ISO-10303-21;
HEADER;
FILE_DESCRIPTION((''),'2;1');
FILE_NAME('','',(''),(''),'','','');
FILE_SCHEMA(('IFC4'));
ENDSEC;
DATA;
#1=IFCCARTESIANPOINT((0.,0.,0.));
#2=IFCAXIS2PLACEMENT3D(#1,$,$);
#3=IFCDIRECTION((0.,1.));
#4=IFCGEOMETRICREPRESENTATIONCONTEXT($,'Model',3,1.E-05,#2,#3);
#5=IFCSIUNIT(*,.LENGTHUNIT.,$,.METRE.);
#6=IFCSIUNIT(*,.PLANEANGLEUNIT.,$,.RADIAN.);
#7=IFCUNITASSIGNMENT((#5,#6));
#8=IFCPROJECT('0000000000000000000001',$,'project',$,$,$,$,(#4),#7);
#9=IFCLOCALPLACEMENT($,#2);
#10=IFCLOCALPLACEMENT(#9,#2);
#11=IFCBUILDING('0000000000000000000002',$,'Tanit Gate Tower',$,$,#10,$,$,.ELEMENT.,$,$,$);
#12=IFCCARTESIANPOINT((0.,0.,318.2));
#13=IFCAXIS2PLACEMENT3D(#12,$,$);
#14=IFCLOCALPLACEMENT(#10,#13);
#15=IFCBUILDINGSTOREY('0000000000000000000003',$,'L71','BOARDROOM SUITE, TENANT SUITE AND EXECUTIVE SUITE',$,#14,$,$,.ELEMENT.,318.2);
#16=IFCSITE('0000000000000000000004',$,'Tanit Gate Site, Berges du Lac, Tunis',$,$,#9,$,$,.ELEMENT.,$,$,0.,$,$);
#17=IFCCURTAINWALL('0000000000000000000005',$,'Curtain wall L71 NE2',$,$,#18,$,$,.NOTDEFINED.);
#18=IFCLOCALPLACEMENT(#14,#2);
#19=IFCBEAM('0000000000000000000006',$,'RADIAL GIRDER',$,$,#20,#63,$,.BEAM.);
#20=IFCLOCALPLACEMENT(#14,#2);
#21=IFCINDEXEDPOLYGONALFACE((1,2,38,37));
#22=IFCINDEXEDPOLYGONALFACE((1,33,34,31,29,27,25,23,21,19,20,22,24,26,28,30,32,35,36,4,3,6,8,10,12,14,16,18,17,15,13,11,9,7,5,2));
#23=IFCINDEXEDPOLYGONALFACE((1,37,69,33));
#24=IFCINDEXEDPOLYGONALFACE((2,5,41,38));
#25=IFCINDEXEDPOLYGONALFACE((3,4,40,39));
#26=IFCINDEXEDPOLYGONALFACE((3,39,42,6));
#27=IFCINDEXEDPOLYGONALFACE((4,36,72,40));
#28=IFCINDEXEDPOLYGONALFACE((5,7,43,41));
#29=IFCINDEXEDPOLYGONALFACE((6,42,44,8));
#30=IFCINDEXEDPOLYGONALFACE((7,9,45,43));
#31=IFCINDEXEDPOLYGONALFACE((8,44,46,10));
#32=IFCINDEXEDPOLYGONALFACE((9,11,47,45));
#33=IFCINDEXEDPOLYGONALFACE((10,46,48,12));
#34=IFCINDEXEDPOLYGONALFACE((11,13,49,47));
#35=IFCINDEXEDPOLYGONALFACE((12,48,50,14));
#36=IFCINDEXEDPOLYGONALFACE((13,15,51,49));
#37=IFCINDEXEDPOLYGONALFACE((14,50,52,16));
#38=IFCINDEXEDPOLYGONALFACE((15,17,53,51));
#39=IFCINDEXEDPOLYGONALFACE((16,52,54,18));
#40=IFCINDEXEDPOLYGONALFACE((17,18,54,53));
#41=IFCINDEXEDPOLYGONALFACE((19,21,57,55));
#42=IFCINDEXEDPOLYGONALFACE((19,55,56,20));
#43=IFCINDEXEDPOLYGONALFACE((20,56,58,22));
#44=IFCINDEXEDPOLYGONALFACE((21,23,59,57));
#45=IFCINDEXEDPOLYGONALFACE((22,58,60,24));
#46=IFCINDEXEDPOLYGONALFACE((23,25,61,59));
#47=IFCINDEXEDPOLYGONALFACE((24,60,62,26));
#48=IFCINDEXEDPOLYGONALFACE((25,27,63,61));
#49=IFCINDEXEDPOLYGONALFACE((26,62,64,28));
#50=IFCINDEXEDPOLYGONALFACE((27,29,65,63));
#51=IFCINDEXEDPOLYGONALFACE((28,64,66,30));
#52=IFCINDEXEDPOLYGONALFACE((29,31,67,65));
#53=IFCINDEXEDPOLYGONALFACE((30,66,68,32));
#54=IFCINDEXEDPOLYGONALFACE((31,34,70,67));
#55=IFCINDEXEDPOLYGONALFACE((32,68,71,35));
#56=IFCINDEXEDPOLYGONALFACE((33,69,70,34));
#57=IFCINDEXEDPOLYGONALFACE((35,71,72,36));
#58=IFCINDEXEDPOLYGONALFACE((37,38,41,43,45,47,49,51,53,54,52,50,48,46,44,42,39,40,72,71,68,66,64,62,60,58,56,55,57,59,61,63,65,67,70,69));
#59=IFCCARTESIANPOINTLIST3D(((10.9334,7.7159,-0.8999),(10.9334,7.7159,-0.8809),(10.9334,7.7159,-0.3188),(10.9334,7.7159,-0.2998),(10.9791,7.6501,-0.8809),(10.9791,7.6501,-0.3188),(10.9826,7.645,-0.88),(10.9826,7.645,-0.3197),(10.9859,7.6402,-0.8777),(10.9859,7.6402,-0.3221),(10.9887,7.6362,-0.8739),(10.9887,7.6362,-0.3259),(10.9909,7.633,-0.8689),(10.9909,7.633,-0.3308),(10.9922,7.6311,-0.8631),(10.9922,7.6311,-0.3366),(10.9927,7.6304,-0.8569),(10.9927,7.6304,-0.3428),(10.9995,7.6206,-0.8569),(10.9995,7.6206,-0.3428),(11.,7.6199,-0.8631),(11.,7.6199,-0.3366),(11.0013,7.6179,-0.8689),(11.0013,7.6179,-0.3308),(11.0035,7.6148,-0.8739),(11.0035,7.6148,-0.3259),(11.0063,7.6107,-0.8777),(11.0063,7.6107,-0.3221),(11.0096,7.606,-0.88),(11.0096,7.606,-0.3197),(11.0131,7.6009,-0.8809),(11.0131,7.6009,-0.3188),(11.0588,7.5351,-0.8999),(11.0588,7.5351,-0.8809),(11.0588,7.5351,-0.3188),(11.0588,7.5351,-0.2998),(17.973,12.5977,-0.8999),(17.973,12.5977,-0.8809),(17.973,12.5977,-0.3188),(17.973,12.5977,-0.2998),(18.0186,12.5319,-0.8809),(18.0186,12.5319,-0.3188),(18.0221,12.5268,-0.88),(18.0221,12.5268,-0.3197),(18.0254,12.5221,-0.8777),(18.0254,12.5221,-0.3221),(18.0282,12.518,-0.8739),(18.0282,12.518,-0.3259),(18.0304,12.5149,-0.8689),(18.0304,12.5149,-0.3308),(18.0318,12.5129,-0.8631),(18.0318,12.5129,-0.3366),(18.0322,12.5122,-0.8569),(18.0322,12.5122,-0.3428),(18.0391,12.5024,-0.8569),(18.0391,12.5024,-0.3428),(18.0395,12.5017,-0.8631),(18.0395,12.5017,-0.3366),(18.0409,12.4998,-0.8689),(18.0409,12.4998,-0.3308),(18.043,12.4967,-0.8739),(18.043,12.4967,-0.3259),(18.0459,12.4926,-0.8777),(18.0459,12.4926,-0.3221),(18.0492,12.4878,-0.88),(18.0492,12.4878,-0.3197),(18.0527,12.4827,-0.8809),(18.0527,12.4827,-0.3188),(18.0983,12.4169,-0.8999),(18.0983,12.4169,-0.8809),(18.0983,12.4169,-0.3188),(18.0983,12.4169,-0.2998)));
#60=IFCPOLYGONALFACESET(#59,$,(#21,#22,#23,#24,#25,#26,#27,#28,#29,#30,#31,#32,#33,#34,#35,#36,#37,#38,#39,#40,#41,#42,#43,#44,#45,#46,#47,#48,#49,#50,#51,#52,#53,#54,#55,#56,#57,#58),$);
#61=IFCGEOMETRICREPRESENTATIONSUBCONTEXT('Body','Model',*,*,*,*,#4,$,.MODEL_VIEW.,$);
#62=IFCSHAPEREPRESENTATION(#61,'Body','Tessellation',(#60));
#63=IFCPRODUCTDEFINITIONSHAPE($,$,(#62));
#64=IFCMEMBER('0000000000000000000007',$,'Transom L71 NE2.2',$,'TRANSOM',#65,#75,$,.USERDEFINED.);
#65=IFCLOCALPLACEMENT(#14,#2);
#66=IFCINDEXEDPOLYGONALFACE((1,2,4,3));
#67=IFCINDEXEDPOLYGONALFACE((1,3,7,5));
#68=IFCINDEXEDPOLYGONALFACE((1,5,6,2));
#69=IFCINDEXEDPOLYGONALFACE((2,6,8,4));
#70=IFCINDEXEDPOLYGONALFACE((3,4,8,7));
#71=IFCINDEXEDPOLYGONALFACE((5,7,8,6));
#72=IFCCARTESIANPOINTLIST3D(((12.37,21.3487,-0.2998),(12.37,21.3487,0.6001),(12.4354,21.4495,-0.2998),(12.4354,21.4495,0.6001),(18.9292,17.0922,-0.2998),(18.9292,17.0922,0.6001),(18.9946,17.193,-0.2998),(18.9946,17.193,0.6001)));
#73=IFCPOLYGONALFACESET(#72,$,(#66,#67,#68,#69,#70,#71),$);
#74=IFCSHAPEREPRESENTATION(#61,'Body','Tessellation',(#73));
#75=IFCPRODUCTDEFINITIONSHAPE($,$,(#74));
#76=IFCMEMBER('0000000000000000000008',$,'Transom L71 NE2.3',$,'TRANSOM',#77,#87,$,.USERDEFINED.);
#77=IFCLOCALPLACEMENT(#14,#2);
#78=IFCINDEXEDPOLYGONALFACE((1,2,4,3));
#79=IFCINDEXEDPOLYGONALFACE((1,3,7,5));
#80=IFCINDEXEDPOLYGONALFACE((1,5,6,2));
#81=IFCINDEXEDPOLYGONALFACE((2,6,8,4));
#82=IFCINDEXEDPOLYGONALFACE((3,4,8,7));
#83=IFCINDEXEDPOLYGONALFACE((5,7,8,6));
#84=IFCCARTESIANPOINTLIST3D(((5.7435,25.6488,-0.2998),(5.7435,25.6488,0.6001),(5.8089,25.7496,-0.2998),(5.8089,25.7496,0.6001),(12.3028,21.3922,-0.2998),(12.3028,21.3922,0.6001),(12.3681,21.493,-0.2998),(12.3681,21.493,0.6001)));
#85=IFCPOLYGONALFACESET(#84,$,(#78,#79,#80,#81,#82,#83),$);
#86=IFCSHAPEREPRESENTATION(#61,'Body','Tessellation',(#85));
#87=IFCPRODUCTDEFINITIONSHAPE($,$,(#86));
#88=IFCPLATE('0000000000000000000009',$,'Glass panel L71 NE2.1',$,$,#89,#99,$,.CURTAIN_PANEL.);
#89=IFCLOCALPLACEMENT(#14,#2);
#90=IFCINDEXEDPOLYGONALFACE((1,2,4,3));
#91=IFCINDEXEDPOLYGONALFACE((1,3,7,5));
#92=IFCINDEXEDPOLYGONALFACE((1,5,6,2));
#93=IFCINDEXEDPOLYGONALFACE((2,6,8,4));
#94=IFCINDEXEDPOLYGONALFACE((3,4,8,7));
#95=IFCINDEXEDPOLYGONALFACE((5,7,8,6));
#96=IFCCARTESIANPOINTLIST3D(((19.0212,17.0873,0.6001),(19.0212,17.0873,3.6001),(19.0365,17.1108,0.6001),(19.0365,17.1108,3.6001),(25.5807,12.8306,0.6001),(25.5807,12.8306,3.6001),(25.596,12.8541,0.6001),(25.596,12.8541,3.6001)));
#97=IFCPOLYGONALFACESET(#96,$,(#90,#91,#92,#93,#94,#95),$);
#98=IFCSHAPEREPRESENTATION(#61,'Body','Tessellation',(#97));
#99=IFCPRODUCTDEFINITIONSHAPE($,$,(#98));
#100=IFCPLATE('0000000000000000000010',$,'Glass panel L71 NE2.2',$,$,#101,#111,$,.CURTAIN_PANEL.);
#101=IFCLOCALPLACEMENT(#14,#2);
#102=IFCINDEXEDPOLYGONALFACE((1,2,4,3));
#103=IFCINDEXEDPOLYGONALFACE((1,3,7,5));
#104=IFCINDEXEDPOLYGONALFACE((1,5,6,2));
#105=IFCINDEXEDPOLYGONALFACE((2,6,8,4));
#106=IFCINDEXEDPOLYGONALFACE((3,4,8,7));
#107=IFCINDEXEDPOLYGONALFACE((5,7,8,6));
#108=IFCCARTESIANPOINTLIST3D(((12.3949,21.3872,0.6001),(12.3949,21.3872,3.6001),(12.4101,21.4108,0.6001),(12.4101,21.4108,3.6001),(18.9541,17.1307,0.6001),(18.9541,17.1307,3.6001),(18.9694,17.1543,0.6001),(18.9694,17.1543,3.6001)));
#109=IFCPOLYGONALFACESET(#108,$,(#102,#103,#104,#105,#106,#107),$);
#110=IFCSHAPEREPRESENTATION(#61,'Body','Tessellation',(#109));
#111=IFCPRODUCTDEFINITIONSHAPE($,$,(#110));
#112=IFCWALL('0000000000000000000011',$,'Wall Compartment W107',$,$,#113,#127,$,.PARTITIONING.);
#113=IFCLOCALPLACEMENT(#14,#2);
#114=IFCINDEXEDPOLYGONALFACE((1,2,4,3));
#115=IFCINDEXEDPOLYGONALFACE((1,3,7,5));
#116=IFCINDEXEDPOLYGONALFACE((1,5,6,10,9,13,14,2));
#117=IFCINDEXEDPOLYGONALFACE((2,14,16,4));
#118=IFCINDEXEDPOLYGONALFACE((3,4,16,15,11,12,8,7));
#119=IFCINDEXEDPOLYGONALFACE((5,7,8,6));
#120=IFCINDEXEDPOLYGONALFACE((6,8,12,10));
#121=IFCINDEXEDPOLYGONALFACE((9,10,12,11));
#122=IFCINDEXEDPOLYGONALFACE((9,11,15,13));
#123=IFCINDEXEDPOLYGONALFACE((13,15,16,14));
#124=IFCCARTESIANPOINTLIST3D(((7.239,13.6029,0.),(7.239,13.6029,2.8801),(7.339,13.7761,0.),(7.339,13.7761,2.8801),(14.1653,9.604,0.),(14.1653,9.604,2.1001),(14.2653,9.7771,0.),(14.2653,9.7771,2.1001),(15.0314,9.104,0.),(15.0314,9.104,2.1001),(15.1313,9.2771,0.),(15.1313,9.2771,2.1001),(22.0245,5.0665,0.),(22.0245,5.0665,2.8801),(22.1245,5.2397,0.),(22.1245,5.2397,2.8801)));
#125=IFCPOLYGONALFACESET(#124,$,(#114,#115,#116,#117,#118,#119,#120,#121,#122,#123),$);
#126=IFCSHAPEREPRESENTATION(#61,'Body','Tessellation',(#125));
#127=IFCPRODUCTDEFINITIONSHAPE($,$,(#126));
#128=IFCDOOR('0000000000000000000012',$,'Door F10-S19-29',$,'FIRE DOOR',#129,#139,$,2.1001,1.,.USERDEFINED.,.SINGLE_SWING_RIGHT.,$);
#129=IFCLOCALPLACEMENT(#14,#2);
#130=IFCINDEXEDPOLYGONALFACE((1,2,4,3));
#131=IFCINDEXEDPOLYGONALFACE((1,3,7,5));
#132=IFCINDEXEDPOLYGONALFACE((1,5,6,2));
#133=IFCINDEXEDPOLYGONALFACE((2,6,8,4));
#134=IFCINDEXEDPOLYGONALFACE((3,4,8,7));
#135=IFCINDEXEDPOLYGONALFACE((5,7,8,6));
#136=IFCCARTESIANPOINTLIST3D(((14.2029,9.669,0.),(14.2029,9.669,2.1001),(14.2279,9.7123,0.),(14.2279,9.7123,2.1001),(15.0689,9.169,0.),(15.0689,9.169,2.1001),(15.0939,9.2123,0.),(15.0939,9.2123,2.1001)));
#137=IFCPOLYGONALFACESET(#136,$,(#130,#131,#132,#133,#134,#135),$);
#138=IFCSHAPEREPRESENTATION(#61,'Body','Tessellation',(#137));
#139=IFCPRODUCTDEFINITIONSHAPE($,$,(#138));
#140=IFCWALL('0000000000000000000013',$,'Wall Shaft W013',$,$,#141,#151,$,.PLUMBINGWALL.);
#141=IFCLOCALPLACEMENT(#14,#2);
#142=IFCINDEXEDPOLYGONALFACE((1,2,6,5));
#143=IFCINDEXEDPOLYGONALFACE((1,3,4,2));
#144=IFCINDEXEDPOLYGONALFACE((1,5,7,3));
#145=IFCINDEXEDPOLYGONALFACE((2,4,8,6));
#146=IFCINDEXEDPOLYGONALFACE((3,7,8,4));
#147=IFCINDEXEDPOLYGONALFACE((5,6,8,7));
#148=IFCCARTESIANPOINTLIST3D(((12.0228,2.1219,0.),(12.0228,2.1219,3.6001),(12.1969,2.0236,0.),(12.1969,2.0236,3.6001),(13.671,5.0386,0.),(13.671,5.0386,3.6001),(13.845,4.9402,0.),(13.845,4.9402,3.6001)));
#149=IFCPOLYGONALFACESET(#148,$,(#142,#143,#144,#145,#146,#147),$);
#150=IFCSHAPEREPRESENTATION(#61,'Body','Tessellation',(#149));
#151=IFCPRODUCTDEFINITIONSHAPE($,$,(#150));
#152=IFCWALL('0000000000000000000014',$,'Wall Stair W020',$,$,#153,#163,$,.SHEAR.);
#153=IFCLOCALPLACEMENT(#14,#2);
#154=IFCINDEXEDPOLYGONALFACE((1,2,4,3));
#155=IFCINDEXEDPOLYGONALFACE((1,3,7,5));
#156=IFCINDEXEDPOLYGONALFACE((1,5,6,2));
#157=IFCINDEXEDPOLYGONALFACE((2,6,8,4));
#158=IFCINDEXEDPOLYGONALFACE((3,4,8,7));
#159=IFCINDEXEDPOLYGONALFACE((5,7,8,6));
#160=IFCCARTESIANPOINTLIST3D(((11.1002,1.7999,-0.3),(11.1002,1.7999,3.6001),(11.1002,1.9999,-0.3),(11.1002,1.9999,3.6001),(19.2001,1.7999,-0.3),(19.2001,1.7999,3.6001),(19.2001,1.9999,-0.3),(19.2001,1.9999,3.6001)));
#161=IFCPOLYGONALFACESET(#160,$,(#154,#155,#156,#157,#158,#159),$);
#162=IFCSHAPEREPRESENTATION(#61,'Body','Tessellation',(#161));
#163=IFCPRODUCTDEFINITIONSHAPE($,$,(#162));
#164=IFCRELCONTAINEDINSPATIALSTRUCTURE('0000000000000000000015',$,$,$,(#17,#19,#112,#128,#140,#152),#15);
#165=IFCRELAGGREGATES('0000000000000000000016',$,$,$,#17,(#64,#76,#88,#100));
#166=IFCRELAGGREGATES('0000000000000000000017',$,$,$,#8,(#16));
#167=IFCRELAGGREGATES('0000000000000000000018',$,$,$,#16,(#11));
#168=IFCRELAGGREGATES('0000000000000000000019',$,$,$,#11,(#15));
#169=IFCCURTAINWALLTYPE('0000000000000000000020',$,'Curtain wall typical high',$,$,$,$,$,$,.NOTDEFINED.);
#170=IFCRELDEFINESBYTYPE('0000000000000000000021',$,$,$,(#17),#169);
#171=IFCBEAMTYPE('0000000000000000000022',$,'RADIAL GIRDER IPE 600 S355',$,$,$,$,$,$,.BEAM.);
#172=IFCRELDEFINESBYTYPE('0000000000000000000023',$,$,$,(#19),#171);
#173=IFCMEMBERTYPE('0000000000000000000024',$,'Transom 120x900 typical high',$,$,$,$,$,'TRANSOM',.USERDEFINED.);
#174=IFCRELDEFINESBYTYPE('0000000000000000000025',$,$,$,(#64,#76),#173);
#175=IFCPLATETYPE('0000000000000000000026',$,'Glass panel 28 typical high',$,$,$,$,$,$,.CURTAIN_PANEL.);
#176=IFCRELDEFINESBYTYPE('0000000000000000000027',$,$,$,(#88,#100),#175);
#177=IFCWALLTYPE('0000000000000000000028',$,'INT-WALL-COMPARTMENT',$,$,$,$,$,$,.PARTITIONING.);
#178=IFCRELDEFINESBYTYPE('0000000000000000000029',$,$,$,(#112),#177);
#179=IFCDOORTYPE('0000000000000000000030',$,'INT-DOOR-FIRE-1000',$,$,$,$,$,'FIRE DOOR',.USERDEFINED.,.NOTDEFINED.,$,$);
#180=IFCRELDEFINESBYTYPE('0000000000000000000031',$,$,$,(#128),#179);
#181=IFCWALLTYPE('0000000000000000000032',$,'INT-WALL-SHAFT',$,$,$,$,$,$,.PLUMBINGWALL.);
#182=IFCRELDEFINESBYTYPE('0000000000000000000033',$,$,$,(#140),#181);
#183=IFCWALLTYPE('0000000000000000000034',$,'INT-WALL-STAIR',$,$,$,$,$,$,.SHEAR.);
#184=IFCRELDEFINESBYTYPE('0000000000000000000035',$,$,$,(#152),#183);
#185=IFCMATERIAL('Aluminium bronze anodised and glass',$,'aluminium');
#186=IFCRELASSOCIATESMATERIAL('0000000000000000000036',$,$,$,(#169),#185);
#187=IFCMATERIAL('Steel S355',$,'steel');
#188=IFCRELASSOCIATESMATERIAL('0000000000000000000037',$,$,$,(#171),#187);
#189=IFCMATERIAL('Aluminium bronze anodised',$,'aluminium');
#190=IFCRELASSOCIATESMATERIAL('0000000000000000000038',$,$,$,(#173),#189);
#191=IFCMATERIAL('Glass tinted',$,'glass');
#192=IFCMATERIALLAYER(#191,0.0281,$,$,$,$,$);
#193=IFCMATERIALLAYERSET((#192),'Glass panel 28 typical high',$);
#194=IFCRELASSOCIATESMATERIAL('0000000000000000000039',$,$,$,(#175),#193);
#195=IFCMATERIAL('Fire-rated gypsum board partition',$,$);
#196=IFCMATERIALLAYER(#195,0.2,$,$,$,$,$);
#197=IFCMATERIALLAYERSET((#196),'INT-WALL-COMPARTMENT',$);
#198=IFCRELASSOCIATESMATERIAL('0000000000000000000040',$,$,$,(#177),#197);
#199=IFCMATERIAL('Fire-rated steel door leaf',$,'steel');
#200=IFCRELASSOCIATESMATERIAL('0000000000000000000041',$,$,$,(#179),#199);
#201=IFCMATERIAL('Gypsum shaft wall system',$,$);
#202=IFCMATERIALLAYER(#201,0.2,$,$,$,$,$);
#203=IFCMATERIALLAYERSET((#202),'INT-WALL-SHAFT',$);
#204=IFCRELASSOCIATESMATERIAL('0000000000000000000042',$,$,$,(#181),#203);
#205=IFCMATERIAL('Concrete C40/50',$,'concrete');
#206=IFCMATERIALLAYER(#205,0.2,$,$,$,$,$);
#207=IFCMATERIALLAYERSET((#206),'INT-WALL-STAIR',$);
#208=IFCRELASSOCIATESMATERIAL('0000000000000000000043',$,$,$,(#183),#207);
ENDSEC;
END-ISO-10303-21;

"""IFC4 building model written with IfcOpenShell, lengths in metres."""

from ifc_helpers import new_model, si_unit, direction, frame, frame_2d, origin, origin_2d, place, context, subcontext, project, spatial, rectangle, i_section, extrude, material, layer, layer_set, material_profile, profile_set, type_object, element, fill, aggregate, save


model = new_model("IFC4")

# Units and contexts
model_context = context("Model", 3, precision=1e-05, world=origin(), true_north=direction((0.0, 1.0)))
body_context = subcontext(model_context, "Body", "Model", "MODEL_VIEW")
ifc_project = project(units=[si_unit("LENGTHUNIT", "METRE"), si_unit("PLANEANGLEUNIT", "RADIAN")], contexts=[model_context])

# Site, building, storey
site_placement = place(None, origin())
site = spatial("IfcSite", under=ifc_project, at=site_placement, Name="Tanit Gate Site, Berges du Lac, Tunis", CompositionType="ELEMENT", RefElevation=0.0)
building_placement = place(site_placement, origin())
building = spatial("IfcBuilding", under=site, at=building_placement, Name="Tanit Gate Tower", CompositionType="ELEMENT")
storey_placement = place(building_placement, frame((0.0, 0.0, 318.2)))
storey = spatial("IfcBuildingStorey", under=building, at=storey_placement, Name="L71", Description="BOARDROOM SUITE, TENANT SUITE AND EXECUTIVE SUITE", CompositionType="ELEMENT", Elevation=318.2)

# Curtain wall
ifc_material_1 = material(Name="Aluminium bronze anodised and glass", Category="aluminium")
curtain_wall_type = type_object("IfcCurtainWallType", Name="Curtain wall typical high", PredefinedType="NOTDEFINED", material=ifc_material_1)
curtain_wall_placement = place(storey_placement, origin())
curtain_wall = element("IfcCurtainWall", 1, at=curtain_wall_placement, inside=storey, type_object=curtain_wall_type, Name="Curtain wall L71 NE2", PredefinedType="NOTDEFINED")

# Beam
ifc_material_2 = material(Name="Steel S355", Category="steel")
ifc_material_profile_1 = material_profile(ifc_material_2, i_section(OverallWidth=0.22, OverallDepth=0.6001, WebThickness=0.012, FlangeThickness=0.019, FilletRadius=0.0239, at=origin_2d()), Name="IPE 600")
ifc_profile_set_1 = profile_set([ifc_material_profile_1], Name="Steel S355")
beam_type_1 = type_object("IfcBeamType", Name="RADIAL GIRDER IPE 600 S355", PredefinedType="BEAM", material=ifc_profile_set_1)
beam_1_placement = place(storey_placement, frame((18.0356, 12.5073, -0.5999), z_axis=(-0.821738, -0.569865, 0.0), x_axis=(0.569865, -0.821738, 0.0)))
element("IfcBeam", 2, at=beam_1_placement, inside=storey, type_object=beam_type_1, Name="RADIAL GIRDER", PredefinedType="BEAM", context=body_context, shape_type="SweptSolid", body=[
    extrude(i_section(OverallWidth=0.22, OverallDepth=0.6001, WebThickness=0.012, FlangeThickness=0.019, FilletRadius=0.0239, at=origin_2d()), origin(), (0.0, 0.0, 1.0), 8.5667),
])

# Members
ifc_material_3 = material(Name="Aluminium bronze anodised", Category="aluminium")
ifc_material_profile_2 = material_profile(ifc_material_3, rectangle(XDim=0.1201, YDim=0.8999, at=origin_2d()), Name="120x900 bronze transom")
ifc_profile_set_2 = profile_set([ifc_material_profile_2], Name="Aluminium bronze anodised")
member_type_1 = type_object("IfcMemberType", Name="Transom 120x900 typical high", ElementType="TRANSOM", PredefinedType="USERDEFINED", material=ifc_profile_set_2)
member_1_placement = place(storey_placement, frame((18.9619, 17.1426, 0.1501), z_axis=(-0.838851, 0.544362, 0.0), x_axis=(-0.544362, -0.838851, 0.0)))
member_1 = element("IfcMember", 3, at=member_1_placement, type_object=member_type_1, Name="Transom L71 NE2.2", ObjectType="TRANSOM", PredefinedType="USERDEFINED", context=body_context, shape_type="SweptSolid", body=[
    extrude(rectangle(XDim=0.1201, YDim=0.8999, at=origin_2d()), origin(), (0.0, 0.0, 1.0), 7.8193),
])
member_2_placement = place(storey_placement, frame((12.3354, 21.4426, 0.1501), z_axis=(-0.838851, 0.544362, 0.0), x_axis=(-0.544362, -0.838851, 0.0)))
member_2 = element("IfcMember", 4, at=member_2_placement, type_object=member_type_1, Name="Transom L71 NE2.3", ObjectType="TRANSOM", PredefinedType="USERDEFINED", context=body_context, shape_type="SweptSolid", body=[
    extrude(rectangle(XDim=0.1201, YDim=0.8999, at=origin_2d()), origin(), (0.0, 0.0, 1.0), 7.8193),
])

# Plates
ifc_material_4 = material(Name="Glass tinted", Category="glass")
ifc_layer_1 = layer(ifc_material_4, 0.0281)
ifc_layer_set_1 = layer_set([ifc_layer_1], Name="Glass panel 28 typical high")
plate_type = type_object("IfcPlateType", Name="Glass panel 28 typical high", PredefinedType="CURTAIN_PANEL", material=ifc_layer_set_1)
plate_1_placement = place(storey_placement, frame((22.3086, 14.9707, 0.6001), z_axis=(0.0, 0.0, 1.0), x_axis=(-0.838852, 0.544359, 0.0)))
plate_1 = element("IfcPlate", 5, at=plate_1_placement, type_object=plate_type, Name="Glass panel L71 NE2.1", PredefinedType="CURTAIN_PANEL", context=body_context, shape_type="SweptSolid", body=[
    extrude(rectangle(XDim=7.8196, YDim=0.0281, at=origin_2d()), origin(), (0.0, 0.0, 1.0), 3.0),
])
plate_2_placement = place(storey_placement, frame((15.6821, 19.2708, 0.6001), z_axis=(0.0, 0.0, 1.0), x_axis=(-0.838852, 0.544359, 0.0)))
plate_2 = element("IfcPlate", 6, at=plate_2_placement, type_object=plate_type, Name="Glass panel L71 NE2.2", PredefinedType="CURTAIN_PANEL", context=body_context, shape_type="SweptSolid", body=[
    extrude(rectangle(XDim=7.8193, YDim=0.0281, at=origin_2d()), origin(), (0.0, 0.0, 1.0), 3.0),
])
aggregate(curtain_wall, [member_1, member_2, plate_1, plate_2])

# Wall, opening, door
ifc_material_5 = material(Name="Fire-rated gypsum board partition")
ifc_layer_2 = layer(ifc_material_5, 0.2)
ifc_layer_set_2 = layer_set([ifc_layer_2], Name="INT-WALL-COMPARTMENT")
wall_type_1 = type_object("IfcWallType", Name="INT-WALL-COMPARTMENT", PredefinedType="PARTITIONING", material=ifc_layer_set_2)
wall_1_placement = place(storey_placement, frame((22.0745, 5.1531, 0.0), z_axis=(0.0, 0.0, 1.0), x_axis=(-0.866025, 0.500001, 0.0)))
wall_1 = element("IfcWall", 7, at=wall_1_placement, inside=storey, type_object=wall_type_1, Name="Wall Compartment W107", PredefinedType="PARTITIONING", context=body_context, shape_type="SweptSolid", body=[
    extrude(rectangle(XDim=17.0728, YDim=0.2, at=frame_2d((8.5364, 0.0))), origin(), (0.0, 0.0, 1.0), 2.8801),
])
opening_1_placement = place(wall_1_placement, frame((8.075, 0.0, 0.0)))
opening_1 = element("IfcOpeningElement", 8, at=opening_1_placement, cuts=wall_1, PredefinedType="OPENING", context=body_context, shape_type="SweptSolid", body=[
    extrude(rectangle(XDim=1.0, YDim=2.1001, at=frame_2d((0.5, 1.05))), frame((0.0, 0.1099, 0.0), z_axis=(0.0, -1.0, 0.0), x_axis=(1.0, 0.0, 0.0)), (0.0, 0.0, 1.0), 0.22),
])
ifc_material_6 = material(Name="Fire-rated steel door leaf", Category="steel")
door_type_1 = type_object("IfcDoorType", Name="INT-DOOR-FIRE-1000", ElementType="FIRE DOOR", OperationType="NOTDEFINED", PredefinedType="USERDEFINED", material=ifc_material_6)
door_1_placement = place(opening_1_placement, origin())
door_1 = element("IfcDoor", 9, at=door_1_placement, inside=storey, type_object=door_type_1, Name="Door F10-S19-29", ObjectType="FIRE DOOR", OperationType="SINGLE_SWING_RIGHT", OverallHeight=2.1001, OverallWidth=1.0, PredefinedType="USERDEFINED", context=body_context, shape_type="SweptSolid", body=[
    extrude(rectangle(XDim=1.0, YDim=2.1001, at=frame_2d((0.5, 1.05))), frame((0.0, 0.0249, 0.0), z_axis=(0.0, -1.0, 0.0), x_axis=(1.0, 0.0, 0.0)), (0.0, 0.0, 1.0), 0.05),
])
fill(opening_1, door_1)

# Walls
ifc_material_7 = material(Name="Gypsum shaft wall system")
ifc_layer_3 = layer(ifc_material_7, 0.2)
ifc_layer_set_3 = layer_set([ifc_layer_3], Name="INT-WALL-SHAFT")
wall_type_2 = type_object("IfcWallType", Name="INT-WALL-SHAFT", PredefinedType="PLUMBINGWALL", material=ifc_layer_set_3)
wall_2_placement = place(storey_placement, frame((12.1099, 2.0728, 0.0), z_axis=(0.0, 0.0, 1.0), x_axis=(0.491966, 0.870614, 0.0)))
element("IfcWall", 10, at=wall_2_placement, inside=storey, type_object=wall_type_2, Name="Wall Shaft W013", PredefinedType="PLUMBINGWALL", context=body_context, shape_type="SweptSolid", body=[
    extrude(rectangle(XDim=3.3501, YDim=0.2, at=frame_2d((1.675, 0.0))), origin(), (0.0, 0.0, 1.0), 3.6001),
])
ifc_material_8 = material(Name="Concrete C40/50", Category="concrete")
ifc_layer_4 = layer(ifc_material_8, 0.2)
ifc_layer_set_4 = layer_set([ifc_layer_4], Name="INT-WALL-STAIR")
wall_type_3 = type_object("IfcWallType", Name="INT-WALL-STAIR", PredefinedType="SHEAR", material=ifc_layer_set_4)
wall_3_placement = place(storey_placement, frame((19.2, 1.8999, -0.3), z_axis=(0.0, 0.0, 1.0), x_axis=(-1.0, 0.0, 0.0)))
element("IfcWall", 11, at=wall_3_placement, inside=storey, type_object=wall_type_3, Name="Wall Stair W020", PredefinedType="SHEAR", context=body_context, shape_type="SweptSolid", body=[
    extrude(rectangle(XDim=8.0999, YDim=0.2, at=frame_2d((4.0498, 0.0))), origin(), (0.0, 0.0, 1.0), 3.9001),
])

save(model, "model.ifc")
